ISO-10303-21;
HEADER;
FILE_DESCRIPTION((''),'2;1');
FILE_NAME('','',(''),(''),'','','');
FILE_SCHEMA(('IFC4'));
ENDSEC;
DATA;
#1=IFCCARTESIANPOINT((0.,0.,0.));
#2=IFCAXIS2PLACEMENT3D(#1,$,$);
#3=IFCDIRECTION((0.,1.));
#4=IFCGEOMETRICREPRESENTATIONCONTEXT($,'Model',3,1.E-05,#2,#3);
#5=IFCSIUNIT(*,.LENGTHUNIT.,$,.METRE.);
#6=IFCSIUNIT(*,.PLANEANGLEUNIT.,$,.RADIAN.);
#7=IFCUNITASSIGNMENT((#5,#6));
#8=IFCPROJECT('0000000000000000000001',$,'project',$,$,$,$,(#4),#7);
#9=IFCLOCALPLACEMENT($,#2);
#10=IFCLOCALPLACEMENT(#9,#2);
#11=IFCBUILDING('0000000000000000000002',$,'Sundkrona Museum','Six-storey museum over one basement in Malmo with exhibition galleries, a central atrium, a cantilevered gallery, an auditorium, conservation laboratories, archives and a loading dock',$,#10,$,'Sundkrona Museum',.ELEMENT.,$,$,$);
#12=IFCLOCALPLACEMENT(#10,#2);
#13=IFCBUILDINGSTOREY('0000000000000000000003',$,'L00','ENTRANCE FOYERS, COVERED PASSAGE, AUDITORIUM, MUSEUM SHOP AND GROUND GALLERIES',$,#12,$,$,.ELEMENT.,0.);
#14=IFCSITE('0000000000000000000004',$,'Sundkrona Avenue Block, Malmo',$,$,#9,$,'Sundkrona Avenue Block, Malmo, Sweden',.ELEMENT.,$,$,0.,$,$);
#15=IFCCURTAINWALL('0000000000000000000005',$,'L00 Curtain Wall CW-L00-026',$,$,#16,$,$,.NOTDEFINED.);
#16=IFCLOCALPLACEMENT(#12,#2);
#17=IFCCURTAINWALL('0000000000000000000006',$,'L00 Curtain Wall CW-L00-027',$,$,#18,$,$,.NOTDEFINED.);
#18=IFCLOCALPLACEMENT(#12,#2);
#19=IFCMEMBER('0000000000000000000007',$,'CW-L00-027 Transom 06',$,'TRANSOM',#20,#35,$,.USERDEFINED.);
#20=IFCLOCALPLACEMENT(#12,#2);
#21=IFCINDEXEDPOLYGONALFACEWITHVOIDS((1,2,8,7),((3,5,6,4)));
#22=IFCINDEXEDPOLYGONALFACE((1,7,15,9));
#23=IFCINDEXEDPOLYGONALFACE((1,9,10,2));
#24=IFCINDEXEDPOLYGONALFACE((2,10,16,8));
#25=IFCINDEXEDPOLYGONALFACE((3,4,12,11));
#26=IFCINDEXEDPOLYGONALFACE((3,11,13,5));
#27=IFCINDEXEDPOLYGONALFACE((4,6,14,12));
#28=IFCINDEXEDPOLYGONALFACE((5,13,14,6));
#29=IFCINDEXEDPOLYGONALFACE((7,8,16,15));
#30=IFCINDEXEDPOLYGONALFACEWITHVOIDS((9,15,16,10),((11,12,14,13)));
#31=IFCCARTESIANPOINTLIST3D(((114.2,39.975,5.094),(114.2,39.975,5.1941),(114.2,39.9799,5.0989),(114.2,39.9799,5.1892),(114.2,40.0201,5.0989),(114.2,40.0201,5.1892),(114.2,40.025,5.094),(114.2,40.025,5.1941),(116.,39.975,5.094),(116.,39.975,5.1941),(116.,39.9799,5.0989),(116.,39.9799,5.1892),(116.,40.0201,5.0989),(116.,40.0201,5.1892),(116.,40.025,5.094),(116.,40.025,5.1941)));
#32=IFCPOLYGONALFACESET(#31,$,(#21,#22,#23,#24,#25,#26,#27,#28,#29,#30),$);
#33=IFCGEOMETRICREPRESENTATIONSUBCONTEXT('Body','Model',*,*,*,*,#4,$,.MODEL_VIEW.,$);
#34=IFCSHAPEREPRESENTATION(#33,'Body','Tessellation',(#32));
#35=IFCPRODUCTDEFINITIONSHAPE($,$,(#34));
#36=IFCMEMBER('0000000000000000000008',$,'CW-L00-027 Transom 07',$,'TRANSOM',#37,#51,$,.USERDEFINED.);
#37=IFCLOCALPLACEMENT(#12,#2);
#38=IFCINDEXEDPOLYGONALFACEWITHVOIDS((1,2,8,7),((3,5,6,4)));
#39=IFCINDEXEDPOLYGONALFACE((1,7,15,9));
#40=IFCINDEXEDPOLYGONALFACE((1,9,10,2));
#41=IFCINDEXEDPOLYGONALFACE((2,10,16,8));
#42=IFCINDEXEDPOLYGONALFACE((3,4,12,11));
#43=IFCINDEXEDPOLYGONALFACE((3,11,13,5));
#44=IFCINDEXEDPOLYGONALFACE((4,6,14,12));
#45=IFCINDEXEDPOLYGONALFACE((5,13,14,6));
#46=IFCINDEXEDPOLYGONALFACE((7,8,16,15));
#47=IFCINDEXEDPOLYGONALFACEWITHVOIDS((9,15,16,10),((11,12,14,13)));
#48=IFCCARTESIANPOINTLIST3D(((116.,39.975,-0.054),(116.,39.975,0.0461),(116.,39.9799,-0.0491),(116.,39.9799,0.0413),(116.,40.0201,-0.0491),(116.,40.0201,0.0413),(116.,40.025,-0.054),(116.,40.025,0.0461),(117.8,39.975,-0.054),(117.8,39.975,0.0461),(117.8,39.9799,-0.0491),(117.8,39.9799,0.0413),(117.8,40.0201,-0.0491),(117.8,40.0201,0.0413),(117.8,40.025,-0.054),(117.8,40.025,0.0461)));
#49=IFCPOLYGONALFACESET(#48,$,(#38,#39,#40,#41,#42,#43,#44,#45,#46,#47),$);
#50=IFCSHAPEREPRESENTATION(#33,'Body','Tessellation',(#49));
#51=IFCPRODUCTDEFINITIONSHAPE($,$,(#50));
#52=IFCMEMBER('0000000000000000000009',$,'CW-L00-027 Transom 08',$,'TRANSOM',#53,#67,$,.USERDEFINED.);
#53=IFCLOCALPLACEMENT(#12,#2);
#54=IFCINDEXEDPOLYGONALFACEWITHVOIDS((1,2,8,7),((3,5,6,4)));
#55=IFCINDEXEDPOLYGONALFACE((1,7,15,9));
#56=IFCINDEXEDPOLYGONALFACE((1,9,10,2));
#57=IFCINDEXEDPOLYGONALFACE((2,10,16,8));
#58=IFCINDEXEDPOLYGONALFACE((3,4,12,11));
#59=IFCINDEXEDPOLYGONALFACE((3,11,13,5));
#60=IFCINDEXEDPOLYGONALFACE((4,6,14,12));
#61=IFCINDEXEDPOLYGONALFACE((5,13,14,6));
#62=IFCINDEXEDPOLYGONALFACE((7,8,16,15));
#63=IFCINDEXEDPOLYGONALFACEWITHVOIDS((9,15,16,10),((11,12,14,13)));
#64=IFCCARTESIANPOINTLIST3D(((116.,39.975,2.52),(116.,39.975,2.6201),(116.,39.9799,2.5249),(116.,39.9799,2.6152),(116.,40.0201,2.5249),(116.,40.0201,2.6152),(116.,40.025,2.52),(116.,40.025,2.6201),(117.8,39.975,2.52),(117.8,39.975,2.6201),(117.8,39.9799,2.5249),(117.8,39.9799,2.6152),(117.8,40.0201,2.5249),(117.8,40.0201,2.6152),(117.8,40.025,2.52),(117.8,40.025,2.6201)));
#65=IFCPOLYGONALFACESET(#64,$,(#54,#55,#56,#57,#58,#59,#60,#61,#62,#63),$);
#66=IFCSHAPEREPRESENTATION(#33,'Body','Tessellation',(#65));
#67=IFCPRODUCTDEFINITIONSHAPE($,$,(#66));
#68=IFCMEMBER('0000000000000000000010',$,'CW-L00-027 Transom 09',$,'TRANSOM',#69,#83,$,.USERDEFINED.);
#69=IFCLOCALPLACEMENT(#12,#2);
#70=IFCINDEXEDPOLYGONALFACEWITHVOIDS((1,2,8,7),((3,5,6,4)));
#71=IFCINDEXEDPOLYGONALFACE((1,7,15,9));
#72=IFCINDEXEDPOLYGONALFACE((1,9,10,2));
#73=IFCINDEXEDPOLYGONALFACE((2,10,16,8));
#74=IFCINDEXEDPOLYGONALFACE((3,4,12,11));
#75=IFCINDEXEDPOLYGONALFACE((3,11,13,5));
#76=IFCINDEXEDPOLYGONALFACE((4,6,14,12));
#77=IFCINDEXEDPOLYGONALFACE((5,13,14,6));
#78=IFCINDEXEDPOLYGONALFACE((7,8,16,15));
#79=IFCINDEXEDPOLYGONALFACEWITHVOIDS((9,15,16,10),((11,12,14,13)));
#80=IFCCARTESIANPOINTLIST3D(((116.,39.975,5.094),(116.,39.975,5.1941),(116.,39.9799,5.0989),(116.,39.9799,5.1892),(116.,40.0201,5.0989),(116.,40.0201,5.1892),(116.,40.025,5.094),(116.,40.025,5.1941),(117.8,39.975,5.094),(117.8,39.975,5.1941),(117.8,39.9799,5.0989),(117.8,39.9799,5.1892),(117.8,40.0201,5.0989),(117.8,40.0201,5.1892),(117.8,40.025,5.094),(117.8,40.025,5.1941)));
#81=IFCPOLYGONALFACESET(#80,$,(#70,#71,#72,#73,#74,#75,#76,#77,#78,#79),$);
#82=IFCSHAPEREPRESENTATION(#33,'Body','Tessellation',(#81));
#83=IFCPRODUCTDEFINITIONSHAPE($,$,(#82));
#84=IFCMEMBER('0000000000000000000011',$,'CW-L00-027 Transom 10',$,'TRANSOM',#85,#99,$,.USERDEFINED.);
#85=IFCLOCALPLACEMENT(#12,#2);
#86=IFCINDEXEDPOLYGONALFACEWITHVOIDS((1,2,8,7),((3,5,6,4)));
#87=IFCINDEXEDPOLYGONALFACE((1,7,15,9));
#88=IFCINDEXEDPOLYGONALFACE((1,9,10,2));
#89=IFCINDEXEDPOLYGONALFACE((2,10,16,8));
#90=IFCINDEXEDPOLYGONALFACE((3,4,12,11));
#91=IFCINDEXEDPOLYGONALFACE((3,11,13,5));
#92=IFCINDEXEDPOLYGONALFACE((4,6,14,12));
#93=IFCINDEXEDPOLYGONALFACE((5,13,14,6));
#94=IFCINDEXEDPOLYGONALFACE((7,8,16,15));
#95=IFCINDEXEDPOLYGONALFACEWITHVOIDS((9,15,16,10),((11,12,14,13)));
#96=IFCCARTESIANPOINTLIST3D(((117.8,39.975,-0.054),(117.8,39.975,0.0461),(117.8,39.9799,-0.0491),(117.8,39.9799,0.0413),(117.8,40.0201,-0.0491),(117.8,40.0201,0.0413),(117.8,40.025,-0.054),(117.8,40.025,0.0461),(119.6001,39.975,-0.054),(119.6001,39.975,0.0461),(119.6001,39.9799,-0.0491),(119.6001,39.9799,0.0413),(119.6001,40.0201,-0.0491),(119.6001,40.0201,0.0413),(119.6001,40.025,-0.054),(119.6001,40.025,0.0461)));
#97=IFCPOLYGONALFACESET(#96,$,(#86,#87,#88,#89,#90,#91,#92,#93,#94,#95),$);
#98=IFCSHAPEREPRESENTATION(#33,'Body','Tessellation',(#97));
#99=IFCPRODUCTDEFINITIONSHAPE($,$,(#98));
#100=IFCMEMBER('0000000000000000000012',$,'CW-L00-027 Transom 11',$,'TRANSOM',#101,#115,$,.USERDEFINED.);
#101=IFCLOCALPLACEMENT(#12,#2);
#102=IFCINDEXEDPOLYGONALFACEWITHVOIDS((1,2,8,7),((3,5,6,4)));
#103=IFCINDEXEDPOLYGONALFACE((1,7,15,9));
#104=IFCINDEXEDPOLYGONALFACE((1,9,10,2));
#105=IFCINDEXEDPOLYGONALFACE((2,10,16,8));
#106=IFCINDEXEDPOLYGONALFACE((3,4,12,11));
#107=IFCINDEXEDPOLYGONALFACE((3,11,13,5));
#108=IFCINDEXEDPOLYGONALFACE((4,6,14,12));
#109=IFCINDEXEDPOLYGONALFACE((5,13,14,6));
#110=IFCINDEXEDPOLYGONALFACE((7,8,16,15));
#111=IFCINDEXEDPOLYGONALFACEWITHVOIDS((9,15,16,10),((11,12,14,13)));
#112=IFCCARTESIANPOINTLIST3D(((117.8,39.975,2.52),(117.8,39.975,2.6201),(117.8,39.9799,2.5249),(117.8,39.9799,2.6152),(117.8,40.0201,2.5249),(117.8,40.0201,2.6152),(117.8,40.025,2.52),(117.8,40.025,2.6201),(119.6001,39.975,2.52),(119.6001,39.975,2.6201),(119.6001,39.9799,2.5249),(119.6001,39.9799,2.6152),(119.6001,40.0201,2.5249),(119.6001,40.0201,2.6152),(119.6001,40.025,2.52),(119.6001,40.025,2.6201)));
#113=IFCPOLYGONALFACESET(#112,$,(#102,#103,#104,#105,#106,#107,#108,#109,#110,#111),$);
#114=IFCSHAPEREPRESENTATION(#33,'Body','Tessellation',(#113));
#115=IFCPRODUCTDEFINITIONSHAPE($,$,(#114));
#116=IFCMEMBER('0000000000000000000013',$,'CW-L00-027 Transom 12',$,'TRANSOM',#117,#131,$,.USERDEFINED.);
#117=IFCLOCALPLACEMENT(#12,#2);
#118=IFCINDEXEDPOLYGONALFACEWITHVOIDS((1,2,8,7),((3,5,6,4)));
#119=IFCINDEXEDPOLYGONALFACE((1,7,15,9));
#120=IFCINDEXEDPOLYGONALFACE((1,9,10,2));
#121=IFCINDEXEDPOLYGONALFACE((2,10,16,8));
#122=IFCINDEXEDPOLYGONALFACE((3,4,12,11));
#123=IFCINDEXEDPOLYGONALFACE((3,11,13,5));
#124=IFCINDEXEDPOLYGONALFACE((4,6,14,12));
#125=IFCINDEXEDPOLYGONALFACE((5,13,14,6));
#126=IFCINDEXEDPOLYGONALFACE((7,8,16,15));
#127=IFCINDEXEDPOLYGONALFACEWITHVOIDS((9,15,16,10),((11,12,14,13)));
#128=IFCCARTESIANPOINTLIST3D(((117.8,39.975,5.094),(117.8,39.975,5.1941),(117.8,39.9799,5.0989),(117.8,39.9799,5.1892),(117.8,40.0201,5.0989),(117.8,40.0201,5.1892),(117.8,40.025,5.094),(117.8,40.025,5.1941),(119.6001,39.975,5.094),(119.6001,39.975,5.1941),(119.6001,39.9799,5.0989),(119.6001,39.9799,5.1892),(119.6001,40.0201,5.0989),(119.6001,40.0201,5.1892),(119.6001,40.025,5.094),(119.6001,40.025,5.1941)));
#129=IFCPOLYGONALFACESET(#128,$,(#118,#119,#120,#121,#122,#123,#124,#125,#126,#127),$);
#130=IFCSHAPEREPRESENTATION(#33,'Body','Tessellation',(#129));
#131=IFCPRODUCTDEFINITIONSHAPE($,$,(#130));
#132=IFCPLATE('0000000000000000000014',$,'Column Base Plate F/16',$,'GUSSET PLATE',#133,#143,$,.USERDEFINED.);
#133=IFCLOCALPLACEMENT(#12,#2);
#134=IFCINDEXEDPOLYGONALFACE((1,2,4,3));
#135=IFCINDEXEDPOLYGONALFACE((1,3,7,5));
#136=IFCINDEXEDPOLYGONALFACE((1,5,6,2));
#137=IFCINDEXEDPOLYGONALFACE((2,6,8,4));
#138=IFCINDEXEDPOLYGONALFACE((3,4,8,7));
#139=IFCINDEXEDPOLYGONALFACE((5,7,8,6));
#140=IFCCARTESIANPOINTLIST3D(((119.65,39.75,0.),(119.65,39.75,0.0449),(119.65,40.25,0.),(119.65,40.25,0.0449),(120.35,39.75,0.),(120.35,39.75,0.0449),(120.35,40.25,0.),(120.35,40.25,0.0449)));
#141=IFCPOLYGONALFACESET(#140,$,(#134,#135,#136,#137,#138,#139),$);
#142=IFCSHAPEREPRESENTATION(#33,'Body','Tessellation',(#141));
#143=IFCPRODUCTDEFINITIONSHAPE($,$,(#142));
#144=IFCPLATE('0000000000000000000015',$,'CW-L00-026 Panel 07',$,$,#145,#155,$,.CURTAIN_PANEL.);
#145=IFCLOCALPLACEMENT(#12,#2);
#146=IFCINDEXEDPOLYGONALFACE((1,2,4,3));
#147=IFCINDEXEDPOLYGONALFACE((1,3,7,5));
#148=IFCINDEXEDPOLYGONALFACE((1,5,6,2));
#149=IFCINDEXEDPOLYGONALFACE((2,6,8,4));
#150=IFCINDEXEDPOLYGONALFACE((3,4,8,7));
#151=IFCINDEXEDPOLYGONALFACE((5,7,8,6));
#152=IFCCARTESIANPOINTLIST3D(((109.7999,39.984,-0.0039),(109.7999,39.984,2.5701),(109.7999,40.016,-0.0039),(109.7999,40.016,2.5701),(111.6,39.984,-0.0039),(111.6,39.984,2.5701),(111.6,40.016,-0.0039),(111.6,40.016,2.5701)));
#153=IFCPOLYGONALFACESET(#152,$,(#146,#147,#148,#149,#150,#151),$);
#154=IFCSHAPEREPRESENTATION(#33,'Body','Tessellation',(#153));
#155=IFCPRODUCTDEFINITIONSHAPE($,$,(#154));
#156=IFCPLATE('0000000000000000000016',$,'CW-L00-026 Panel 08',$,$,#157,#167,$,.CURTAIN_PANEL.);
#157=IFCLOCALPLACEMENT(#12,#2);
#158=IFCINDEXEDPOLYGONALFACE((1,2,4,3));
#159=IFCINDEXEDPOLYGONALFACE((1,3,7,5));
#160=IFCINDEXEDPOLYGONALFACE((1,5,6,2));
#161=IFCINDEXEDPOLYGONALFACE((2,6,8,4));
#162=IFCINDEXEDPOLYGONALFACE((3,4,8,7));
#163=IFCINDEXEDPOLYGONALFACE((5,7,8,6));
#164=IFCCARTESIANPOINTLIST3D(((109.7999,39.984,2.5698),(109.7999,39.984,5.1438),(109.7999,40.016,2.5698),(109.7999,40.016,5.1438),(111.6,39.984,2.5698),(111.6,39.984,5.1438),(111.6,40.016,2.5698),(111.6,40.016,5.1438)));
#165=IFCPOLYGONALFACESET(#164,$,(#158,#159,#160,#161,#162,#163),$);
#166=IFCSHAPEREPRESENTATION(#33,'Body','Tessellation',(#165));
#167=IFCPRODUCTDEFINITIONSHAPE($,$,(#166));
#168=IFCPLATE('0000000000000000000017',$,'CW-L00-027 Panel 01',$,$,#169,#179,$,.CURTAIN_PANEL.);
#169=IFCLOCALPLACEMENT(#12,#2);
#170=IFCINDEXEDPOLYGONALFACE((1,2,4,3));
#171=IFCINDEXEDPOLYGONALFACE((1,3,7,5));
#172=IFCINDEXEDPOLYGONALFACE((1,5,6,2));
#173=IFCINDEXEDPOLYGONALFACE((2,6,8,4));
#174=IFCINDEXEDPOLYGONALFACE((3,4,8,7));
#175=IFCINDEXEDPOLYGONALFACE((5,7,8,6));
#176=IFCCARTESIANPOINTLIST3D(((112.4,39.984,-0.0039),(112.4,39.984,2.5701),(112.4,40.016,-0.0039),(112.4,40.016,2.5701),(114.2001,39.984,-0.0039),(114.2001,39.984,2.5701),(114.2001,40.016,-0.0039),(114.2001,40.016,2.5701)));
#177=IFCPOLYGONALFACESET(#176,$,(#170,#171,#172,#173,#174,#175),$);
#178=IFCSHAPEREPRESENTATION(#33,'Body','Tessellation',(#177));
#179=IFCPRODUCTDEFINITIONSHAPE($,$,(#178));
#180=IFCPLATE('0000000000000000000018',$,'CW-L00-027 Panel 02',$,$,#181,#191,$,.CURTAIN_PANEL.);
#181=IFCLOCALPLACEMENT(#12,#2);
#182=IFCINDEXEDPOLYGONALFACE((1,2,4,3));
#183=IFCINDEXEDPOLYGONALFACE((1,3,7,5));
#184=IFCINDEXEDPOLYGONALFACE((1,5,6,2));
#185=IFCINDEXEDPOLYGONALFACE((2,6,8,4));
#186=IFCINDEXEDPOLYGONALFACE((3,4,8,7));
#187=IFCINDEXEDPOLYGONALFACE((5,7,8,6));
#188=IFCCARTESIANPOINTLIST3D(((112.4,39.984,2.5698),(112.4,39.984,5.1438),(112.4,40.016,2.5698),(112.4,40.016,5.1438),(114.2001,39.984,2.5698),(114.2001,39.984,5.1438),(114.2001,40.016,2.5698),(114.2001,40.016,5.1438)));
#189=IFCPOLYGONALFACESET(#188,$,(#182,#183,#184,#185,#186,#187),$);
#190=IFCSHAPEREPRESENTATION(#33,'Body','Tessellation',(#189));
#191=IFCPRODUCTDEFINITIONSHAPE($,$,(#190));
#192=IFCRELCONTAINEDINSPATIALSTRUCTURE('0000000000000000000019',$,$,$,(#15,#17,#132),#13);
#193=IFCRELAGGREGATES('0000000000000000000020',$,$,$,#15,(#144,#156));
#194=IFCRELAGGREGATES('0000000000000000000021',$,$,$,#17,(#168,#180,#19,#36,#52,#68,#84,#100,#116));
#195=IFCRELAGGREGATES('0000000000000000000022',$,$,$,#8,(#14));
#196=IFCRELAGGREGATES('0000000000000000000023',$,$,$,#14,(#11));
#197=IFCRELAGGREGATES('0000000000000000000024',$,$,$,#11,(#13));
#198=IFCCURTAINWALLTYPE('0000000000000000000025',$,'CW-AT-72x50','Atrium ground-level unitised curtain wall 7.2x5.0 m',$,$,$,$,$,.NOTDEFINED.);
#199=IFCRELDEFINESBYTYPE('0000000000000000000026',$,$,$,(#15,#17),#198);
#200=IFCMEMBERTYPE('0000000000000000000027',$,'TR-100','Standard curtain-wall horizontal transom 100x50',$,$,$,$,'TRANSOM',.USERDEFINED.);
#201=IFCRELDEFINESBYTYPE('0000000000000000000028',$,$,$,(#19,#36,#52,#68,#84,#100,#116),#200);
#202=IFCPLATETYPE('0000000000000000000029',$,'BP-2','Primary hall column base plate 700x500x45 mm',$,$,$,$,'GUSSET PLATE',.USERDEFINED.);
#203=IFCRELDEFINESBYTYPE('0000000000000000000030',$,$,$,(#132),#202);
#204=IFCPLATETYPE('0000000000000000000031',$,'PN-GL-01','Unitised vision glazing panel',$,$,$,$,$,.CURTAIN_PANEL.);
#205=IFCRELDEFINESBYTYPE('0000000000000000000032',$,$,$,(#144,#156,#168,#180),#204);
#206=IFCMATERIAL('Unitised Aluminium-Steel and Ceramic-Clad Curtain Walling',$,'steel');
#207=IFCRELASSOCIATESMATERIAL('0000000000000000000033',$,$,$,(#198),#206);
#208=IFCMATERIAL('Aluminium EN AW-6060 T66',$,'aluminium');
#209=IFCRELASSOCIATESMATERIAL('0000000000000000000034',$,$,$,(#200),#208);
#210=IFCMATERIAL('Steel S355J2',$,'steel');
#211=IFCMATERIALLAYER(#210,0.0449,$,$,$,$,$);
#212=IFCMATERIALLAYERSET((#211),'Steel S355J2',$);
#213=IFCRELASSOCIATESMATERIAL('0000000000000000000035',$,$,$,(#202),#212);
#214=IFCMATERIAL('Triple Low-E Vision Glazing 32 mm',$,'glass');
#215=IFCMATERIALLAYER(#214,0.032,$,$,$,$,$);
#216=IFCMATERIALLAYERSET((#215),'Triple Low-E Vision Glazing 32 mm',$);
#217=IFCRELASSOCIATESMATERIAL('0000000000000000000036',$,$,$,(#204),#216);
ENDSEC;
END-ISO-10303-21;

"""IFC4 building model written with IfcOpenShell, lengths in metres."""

from ifc_helpers import new_model, si_unit, direction, frame, origin, origin_2d, place, context, subcontext, project, spatial, rectangle, hollow_rectangle, extrude, material, layer, layer_set, material_profile, profile_set, type_object, element, aggregate, save


model = new_model("IFC4")

# Units and contexts
model_context = context("Model", 3, precision=1e-05, world=origin(), true_north=direction((0.0, 1.0)))
body_context = subcontext(model_context, "Body", "Model", "MODEL_VIEW")
ifc_project = project(units=[si_unit("LENGTHUNIT", "METRE"), si_unit("PLANEANGLEUNIT", "RADIAN")], contexts=[model_context])

# Site, building, storey
site_placement = place(None, origin())
site = spatial("IfcSite", under=ifc_project, at=site_placement, Name="Sundkrona Avenue Block, Malmo", LongName="Sundkrona Avenue Block, Malmo, Sweden", CompositionType="ELEMENT", RefElevation=0.0)
building_placement = place(site_placement, origin())
building = spatial("IfcBuilding", under=site, at=building_placement, Name="Sundkrona Museum", Description="Six-storey museum over one basement in Malmo with exhibition galleries, a central atrium, a cantilevered gallery, an auditorium, conservation laboratories, archives and a loading dock", LongName="Sundkrona Museum", CompositionType="ELEMENT")
storey_placement = place(building_placement, origin())
storey = spatial("IfcBuildingStorey", under=building, at=storey_placement, Name="L00", Description="ENTRANCE FOYERS, COVERED PASSAGE, AUDITORIUM, MUSEUM SHOP AND GROUND GALLERIES", CompositionType="ELEMENT", Elevation=0.0)

# Shared definitions
ifc_material_1 = material(Name="Steel S355J2", Category="steel")

# Curtain wall
ifc_material_2 = material(Name="Unitised Aluminium-Steel and Ceramic-Clad Curtain Walling", Category="steel")
curtain_wall_type = type_object("IfcCurtainWallType", Name="CW-AT-72x50", Description="Atrium ground-level unitised curtain wall 7.2x5.0 m", PredefinedType="NOTDEFINED", material=ifc_material_2)
curtain_wall_1_placement = place(storey_placement, origin())
curtain_wall_1 = element("IfcCurtainWall", 1, at=curtain_wall_1_placement, inside=storey, type_object=curtain_wall_type, Name="L00 Curtain Wall CW-L00-026", PredefinedType="NOTDEFINED")
ifc_material_3 = material(Name="Aluminium EN AW-6060 T66", Category="aluminium")

# Curtain wall
curtain_wall_2_placement = place(storey_placement, origin())
curtain_wall_2 = element("IfcCurtainWall", 2, at=curtain_wall_2_placement, inside=storey, type_object=curtain_wall_type, Name="L00 Curtain Wall CW-L00-027", PredefinedType="NOTDEFINED")

# Members
ifc_material_profile_1 = material_profile(ifc_material_3, hollow_rectangle(XDim=0.05, YDim=0.1001, WallThickness=0.0049, at=origin_2d()), Name="RHS 100x50x5.0")
ifc_profile_set_1 = profile_set([ifc_material_profile_1], Name="Aluminium EN AW-6060 T66")
member_type_1 = type_object("IfcMemberType", Name="TR-100", Description="Standard curtain-wall horizontal transom 100x50", ElementType="TRANSOM", PredefinedType="USERDEFINED", material=ifc_profile_set_1)
member_1_placement = place(storey_placement, frame((114.2, 40.0, 5.144), z_axis=(1.0, 0.0, 0.0), x_axis=(0.0, 1.0, 0.0)))
member_1 = element("IfcMember", 3, at=member_1_placement, type_object=member_type_1, Name="CW-L00-027 Transom 06", ObjectType="TRANSOM", PredefinedType="USERDEFINED", context=body_context, shape_type="SweptSolid", body=[
    extrude(hollow_rectangle(XDim=0.05, YDim=0.1001, WallThickness=0.0049, at=origin_2d()), origin(), (0.0, 0.0, 1.0), 1.8),
])
member_2_placement = place(storey_placement, frame((116.0, 40.0, -0.0039), z_axis=(1.0, 0.0, 0.0), x_axis=(0.0, 1.0, 0.0)))
member_2 = element("IfcMember", 4, at=member_2_placement, type_object=member_type_1, Name="CW-L00-027 Transom 07", ObjectType="TRANSOM", PredefinedType="USERDEFINED", context=body_context, shape_type="SweptSolid", body=[
    extrude(hollow_rectangle(XDim=0.05, YDim=0.1001, WallThickness=0.0049, at=origin_2d()), origin(), (0.0, 0.0, 1.0), 1.8),
])
member_3_placement = place(storey_placement, frame((116.0, 40.0, 2.5701), z_axis=(1.0, 0.0, 0.0), x_axis=(0.0, 1.0, 0.0)))
member_3 = element("IfcMember", 5, at=member_3_placement, type_object=member_type_1, Name="CW-L00-027 Transom 08", ObjectType="TRANSOM", PredefinedType="USERDEFINED", context=body_context, shape_type="SweptSolid", body=[
    extrude(hollow_rectangle(XDim=0.05, YDim=0.1001, WallThickness=0.0049, at=origin_2d()), origin(), (0.0, 0.0, 1.0), 1.8),
])
member_4_placement = place(storey_placement, frame((116.0, 40.0, 5.144), z_axis=(1.0, 0.0, 0.0), x_axis=(0.0, 1.0, 0.0)))
member_4 = element("IfcMember", 6, at=member_4_placement, type_object=member_type_1, Name="CW-L00-027 Transom 09", ObjectType="TRANSOM", PredefinedType="USERDEFINED", context=body_context, shape_type="SweptSolid", body=[
    extrude(hollow_rectangle(XDim=0.05, YDim=0.1001, WallThickness=0.0049, at=origin_2d()), origin(), (0.0, 0.0, 1.0), 1.8),
])
member_5_placement = place(storey_placement, frame((117.8, 40.0, -0.0039), z_axis=(1.0, 0.0, 0.0), x_axis=(0.0, 1.0, 0.0)))
member_5 = element("IfcMember", 7, at=member_5_placement, type_object=member_type_1, Name="CW-L00-027 Transom 10", ObjectType="TRANSOM", PredefinedType="USERDEFINED", context=body_context, shape_type="SweptSolid", body=[
    extrude(hollow_rectangle(XDim=0.05, YDim=0.1001, WallThickness=0.0049, at=origin_2d()), origin(), (0.0, 0.0, 1.0), 1.8),
])
member_6_placement = place(storey_placement, frame((117.8, 40.0, 2.5701), z_axis=(1.0, 0.0, 0.0), x_axis=(0.0, 1.0, 0.0)))
member_6 = element("IfcMember", 8, at=member_6_placement, type_object=member_type_1, Name="CW-L00-027 Transom 11", ObjectType="TRANSOM", PredefinedType="USERDEFINED", context=body_context, shape_type="SweptSolid", body=[
    extrude(hollow_rectangle(XDim=0.05, YDim=0.1001, WallThickness=0.0049, at=origin_2d()), origin(), (0.0, 0.0, 1.0), 1.8),
])
member_7_placement = place(storey_placement, frame((117.8, 40.0, 5.144), z_axis=(1.0, 0.0, 0.0), x_axis=(0.0, 1.0, 0.0)))
member_7 = element("IfcMember", 9, at=member_7_placement, type_object=member_type_1, Name="CW-L00-027 Transom 12", ObjectType="TRANSOM", PredefinedType="USERDEFINED", context=body_context, shape_type="SweptSolid", body=[
    extrude(hollow_rectangle(XDim=0.05, YDim=0.1001, WallThickness=0.0049, at=origin_2d()), origin(), (0.0, 0.0, 1.0), 1.8),
])

# Plates
ifc_layer_1 = layer(ifc_material_1, 0.0449)
ifc_layer_set_1 = layer_set([ifc_layer_1], Name="Steel S355J2")
plate_type_1 = type_object("IfcPlateType", Name="BP-2", Description="Primary hall column base plate 700x500x45 mm", ElementType="GUSSET PLATE", PredefinedType="USERDEFINED", material=ifc_layer_set_1)
plate_1_placement = place(storey_placement, frame((120.0, 40.0, 0.0), z_axis=(0.0, 0.0, 1.0), x_axis=(1.0, 0.0, 0.0)))
element("IfcPlate", 10, at=plate_1_placement, inside=storey, type_object=plate_type_1, Name="Column Base Plate F/16", ObjectType="GUSSET PLATE", PredefinedType="USERDEFINED", context=body_context, shape_type="SweptSolid", body=[
    extrude(rectangle(XDim=0.7, YDim=0.5, at=origin_2d()), origin(), (0.0, 0.0, 1.0), 0.0449),
])
ifc_material_4 = material(Name="Triple Low-E Vision Glazing 32 mm", Category="glass")
ifc_layer_2 = layer(ifc_material_4, 0.032)
ifc_layer_set_2 = layer_set([ifc_layer_2], Name="Triple Low-E Vision Glazing 32 mm")
plate_type_2 = type_object("IfcPlateType", Name="PN-GL-01", Description="Unitised vision glazing panel", PredefinedType="CURTAIN_PANEL", material=ifc_layer_set_2)
plate_2_placement = place(storey_placement, frame((110.7, 40.0, -0.0039), z_axis=(0.0, 0.0, 1.0), x_axis=(1.0, 0.0, 0.0)))
plate_2 = element("IfcPlate", 11, at=plate_2_placement, type_object=plate_type_2, Name="CW-L00-026 Panel 07", PredefinedType="CURTAIN_PANEL", context=body_context, shape_type="SweptSolid", body=[
    extrude(rectangle(XDim=1.8, YDim=0.032, at=origin_2d()), origin(), (0.0, 0.0, 1.0), 2.574),
])
plate_3_placement = place(storey_placement, frame((110.7, 40.0, 2.5698), z_axis=(0.0, 0.0, 1.0), x_axis=(1.0, 0.0, 0.0)))
plate_3 = element("IfcPlate", 12, at=plate_3_placement, type_object=plate_type_2, Name="CW-L00-026 Panel 08", PredefinedType="CURTAIN_PANEL", context=body_context, shape_type="SweptSolid", body=[
    extrude(rectangle(XDim=1.8, YDim=0.032, at=origin_2d()), origin(), (0.0, 0.0, 1.0), 2.574),
])
aggregate(curtain_wall_1, [plate_2, plate_3])
plate_4_placement = place(storey_placement, frame((113.3, 40.0, -0.0039), z_axis=(0.0, 0.0, 1.0), x_axis=(1.0, 0.0, 0.0)))
plate_4 = element("IfcPlate", 13, at=plate_4_placement, type_object=plate_type_2, Name="CW-L00-027 Panel 01", PredefinedType="CURTAIN_PANEL", context=body_context, shape_type="SweptSolid", body=[
    extrude(rectangle(XDim=1.8, YDim=0.032, at=origin_2d()), origin(), (0.0, 0.0, 1.0), 2.574),
])
plate_5_placement = place(storey_placement, frame((113.3, 40.0, 2.5698), z_axis=(0.0, 0.0, 1.0), x_axis=(1.0, 0.0, 0.0)))
plate_5 = element("IfcPlate", 14, at=plate_5_placement, type_object=plate_type_2, Name="CW-L00-027 Panel 02", PredefinedType="CURTAIN_PANEL", context=body_context, shape_type="SweptSolid", body=[
    extrude(rectangle(XDim=1.8, YDim=0.032, at=origin_2d()), origin(), (0.0, 0.0, 1.0), 2.574),
])
aggregate(curtain_wall_2, [plate_4, plate_5, member_1, member_2, member_3, member_4, member_5, member_6, member_7])

save(model, "model.ifc")
